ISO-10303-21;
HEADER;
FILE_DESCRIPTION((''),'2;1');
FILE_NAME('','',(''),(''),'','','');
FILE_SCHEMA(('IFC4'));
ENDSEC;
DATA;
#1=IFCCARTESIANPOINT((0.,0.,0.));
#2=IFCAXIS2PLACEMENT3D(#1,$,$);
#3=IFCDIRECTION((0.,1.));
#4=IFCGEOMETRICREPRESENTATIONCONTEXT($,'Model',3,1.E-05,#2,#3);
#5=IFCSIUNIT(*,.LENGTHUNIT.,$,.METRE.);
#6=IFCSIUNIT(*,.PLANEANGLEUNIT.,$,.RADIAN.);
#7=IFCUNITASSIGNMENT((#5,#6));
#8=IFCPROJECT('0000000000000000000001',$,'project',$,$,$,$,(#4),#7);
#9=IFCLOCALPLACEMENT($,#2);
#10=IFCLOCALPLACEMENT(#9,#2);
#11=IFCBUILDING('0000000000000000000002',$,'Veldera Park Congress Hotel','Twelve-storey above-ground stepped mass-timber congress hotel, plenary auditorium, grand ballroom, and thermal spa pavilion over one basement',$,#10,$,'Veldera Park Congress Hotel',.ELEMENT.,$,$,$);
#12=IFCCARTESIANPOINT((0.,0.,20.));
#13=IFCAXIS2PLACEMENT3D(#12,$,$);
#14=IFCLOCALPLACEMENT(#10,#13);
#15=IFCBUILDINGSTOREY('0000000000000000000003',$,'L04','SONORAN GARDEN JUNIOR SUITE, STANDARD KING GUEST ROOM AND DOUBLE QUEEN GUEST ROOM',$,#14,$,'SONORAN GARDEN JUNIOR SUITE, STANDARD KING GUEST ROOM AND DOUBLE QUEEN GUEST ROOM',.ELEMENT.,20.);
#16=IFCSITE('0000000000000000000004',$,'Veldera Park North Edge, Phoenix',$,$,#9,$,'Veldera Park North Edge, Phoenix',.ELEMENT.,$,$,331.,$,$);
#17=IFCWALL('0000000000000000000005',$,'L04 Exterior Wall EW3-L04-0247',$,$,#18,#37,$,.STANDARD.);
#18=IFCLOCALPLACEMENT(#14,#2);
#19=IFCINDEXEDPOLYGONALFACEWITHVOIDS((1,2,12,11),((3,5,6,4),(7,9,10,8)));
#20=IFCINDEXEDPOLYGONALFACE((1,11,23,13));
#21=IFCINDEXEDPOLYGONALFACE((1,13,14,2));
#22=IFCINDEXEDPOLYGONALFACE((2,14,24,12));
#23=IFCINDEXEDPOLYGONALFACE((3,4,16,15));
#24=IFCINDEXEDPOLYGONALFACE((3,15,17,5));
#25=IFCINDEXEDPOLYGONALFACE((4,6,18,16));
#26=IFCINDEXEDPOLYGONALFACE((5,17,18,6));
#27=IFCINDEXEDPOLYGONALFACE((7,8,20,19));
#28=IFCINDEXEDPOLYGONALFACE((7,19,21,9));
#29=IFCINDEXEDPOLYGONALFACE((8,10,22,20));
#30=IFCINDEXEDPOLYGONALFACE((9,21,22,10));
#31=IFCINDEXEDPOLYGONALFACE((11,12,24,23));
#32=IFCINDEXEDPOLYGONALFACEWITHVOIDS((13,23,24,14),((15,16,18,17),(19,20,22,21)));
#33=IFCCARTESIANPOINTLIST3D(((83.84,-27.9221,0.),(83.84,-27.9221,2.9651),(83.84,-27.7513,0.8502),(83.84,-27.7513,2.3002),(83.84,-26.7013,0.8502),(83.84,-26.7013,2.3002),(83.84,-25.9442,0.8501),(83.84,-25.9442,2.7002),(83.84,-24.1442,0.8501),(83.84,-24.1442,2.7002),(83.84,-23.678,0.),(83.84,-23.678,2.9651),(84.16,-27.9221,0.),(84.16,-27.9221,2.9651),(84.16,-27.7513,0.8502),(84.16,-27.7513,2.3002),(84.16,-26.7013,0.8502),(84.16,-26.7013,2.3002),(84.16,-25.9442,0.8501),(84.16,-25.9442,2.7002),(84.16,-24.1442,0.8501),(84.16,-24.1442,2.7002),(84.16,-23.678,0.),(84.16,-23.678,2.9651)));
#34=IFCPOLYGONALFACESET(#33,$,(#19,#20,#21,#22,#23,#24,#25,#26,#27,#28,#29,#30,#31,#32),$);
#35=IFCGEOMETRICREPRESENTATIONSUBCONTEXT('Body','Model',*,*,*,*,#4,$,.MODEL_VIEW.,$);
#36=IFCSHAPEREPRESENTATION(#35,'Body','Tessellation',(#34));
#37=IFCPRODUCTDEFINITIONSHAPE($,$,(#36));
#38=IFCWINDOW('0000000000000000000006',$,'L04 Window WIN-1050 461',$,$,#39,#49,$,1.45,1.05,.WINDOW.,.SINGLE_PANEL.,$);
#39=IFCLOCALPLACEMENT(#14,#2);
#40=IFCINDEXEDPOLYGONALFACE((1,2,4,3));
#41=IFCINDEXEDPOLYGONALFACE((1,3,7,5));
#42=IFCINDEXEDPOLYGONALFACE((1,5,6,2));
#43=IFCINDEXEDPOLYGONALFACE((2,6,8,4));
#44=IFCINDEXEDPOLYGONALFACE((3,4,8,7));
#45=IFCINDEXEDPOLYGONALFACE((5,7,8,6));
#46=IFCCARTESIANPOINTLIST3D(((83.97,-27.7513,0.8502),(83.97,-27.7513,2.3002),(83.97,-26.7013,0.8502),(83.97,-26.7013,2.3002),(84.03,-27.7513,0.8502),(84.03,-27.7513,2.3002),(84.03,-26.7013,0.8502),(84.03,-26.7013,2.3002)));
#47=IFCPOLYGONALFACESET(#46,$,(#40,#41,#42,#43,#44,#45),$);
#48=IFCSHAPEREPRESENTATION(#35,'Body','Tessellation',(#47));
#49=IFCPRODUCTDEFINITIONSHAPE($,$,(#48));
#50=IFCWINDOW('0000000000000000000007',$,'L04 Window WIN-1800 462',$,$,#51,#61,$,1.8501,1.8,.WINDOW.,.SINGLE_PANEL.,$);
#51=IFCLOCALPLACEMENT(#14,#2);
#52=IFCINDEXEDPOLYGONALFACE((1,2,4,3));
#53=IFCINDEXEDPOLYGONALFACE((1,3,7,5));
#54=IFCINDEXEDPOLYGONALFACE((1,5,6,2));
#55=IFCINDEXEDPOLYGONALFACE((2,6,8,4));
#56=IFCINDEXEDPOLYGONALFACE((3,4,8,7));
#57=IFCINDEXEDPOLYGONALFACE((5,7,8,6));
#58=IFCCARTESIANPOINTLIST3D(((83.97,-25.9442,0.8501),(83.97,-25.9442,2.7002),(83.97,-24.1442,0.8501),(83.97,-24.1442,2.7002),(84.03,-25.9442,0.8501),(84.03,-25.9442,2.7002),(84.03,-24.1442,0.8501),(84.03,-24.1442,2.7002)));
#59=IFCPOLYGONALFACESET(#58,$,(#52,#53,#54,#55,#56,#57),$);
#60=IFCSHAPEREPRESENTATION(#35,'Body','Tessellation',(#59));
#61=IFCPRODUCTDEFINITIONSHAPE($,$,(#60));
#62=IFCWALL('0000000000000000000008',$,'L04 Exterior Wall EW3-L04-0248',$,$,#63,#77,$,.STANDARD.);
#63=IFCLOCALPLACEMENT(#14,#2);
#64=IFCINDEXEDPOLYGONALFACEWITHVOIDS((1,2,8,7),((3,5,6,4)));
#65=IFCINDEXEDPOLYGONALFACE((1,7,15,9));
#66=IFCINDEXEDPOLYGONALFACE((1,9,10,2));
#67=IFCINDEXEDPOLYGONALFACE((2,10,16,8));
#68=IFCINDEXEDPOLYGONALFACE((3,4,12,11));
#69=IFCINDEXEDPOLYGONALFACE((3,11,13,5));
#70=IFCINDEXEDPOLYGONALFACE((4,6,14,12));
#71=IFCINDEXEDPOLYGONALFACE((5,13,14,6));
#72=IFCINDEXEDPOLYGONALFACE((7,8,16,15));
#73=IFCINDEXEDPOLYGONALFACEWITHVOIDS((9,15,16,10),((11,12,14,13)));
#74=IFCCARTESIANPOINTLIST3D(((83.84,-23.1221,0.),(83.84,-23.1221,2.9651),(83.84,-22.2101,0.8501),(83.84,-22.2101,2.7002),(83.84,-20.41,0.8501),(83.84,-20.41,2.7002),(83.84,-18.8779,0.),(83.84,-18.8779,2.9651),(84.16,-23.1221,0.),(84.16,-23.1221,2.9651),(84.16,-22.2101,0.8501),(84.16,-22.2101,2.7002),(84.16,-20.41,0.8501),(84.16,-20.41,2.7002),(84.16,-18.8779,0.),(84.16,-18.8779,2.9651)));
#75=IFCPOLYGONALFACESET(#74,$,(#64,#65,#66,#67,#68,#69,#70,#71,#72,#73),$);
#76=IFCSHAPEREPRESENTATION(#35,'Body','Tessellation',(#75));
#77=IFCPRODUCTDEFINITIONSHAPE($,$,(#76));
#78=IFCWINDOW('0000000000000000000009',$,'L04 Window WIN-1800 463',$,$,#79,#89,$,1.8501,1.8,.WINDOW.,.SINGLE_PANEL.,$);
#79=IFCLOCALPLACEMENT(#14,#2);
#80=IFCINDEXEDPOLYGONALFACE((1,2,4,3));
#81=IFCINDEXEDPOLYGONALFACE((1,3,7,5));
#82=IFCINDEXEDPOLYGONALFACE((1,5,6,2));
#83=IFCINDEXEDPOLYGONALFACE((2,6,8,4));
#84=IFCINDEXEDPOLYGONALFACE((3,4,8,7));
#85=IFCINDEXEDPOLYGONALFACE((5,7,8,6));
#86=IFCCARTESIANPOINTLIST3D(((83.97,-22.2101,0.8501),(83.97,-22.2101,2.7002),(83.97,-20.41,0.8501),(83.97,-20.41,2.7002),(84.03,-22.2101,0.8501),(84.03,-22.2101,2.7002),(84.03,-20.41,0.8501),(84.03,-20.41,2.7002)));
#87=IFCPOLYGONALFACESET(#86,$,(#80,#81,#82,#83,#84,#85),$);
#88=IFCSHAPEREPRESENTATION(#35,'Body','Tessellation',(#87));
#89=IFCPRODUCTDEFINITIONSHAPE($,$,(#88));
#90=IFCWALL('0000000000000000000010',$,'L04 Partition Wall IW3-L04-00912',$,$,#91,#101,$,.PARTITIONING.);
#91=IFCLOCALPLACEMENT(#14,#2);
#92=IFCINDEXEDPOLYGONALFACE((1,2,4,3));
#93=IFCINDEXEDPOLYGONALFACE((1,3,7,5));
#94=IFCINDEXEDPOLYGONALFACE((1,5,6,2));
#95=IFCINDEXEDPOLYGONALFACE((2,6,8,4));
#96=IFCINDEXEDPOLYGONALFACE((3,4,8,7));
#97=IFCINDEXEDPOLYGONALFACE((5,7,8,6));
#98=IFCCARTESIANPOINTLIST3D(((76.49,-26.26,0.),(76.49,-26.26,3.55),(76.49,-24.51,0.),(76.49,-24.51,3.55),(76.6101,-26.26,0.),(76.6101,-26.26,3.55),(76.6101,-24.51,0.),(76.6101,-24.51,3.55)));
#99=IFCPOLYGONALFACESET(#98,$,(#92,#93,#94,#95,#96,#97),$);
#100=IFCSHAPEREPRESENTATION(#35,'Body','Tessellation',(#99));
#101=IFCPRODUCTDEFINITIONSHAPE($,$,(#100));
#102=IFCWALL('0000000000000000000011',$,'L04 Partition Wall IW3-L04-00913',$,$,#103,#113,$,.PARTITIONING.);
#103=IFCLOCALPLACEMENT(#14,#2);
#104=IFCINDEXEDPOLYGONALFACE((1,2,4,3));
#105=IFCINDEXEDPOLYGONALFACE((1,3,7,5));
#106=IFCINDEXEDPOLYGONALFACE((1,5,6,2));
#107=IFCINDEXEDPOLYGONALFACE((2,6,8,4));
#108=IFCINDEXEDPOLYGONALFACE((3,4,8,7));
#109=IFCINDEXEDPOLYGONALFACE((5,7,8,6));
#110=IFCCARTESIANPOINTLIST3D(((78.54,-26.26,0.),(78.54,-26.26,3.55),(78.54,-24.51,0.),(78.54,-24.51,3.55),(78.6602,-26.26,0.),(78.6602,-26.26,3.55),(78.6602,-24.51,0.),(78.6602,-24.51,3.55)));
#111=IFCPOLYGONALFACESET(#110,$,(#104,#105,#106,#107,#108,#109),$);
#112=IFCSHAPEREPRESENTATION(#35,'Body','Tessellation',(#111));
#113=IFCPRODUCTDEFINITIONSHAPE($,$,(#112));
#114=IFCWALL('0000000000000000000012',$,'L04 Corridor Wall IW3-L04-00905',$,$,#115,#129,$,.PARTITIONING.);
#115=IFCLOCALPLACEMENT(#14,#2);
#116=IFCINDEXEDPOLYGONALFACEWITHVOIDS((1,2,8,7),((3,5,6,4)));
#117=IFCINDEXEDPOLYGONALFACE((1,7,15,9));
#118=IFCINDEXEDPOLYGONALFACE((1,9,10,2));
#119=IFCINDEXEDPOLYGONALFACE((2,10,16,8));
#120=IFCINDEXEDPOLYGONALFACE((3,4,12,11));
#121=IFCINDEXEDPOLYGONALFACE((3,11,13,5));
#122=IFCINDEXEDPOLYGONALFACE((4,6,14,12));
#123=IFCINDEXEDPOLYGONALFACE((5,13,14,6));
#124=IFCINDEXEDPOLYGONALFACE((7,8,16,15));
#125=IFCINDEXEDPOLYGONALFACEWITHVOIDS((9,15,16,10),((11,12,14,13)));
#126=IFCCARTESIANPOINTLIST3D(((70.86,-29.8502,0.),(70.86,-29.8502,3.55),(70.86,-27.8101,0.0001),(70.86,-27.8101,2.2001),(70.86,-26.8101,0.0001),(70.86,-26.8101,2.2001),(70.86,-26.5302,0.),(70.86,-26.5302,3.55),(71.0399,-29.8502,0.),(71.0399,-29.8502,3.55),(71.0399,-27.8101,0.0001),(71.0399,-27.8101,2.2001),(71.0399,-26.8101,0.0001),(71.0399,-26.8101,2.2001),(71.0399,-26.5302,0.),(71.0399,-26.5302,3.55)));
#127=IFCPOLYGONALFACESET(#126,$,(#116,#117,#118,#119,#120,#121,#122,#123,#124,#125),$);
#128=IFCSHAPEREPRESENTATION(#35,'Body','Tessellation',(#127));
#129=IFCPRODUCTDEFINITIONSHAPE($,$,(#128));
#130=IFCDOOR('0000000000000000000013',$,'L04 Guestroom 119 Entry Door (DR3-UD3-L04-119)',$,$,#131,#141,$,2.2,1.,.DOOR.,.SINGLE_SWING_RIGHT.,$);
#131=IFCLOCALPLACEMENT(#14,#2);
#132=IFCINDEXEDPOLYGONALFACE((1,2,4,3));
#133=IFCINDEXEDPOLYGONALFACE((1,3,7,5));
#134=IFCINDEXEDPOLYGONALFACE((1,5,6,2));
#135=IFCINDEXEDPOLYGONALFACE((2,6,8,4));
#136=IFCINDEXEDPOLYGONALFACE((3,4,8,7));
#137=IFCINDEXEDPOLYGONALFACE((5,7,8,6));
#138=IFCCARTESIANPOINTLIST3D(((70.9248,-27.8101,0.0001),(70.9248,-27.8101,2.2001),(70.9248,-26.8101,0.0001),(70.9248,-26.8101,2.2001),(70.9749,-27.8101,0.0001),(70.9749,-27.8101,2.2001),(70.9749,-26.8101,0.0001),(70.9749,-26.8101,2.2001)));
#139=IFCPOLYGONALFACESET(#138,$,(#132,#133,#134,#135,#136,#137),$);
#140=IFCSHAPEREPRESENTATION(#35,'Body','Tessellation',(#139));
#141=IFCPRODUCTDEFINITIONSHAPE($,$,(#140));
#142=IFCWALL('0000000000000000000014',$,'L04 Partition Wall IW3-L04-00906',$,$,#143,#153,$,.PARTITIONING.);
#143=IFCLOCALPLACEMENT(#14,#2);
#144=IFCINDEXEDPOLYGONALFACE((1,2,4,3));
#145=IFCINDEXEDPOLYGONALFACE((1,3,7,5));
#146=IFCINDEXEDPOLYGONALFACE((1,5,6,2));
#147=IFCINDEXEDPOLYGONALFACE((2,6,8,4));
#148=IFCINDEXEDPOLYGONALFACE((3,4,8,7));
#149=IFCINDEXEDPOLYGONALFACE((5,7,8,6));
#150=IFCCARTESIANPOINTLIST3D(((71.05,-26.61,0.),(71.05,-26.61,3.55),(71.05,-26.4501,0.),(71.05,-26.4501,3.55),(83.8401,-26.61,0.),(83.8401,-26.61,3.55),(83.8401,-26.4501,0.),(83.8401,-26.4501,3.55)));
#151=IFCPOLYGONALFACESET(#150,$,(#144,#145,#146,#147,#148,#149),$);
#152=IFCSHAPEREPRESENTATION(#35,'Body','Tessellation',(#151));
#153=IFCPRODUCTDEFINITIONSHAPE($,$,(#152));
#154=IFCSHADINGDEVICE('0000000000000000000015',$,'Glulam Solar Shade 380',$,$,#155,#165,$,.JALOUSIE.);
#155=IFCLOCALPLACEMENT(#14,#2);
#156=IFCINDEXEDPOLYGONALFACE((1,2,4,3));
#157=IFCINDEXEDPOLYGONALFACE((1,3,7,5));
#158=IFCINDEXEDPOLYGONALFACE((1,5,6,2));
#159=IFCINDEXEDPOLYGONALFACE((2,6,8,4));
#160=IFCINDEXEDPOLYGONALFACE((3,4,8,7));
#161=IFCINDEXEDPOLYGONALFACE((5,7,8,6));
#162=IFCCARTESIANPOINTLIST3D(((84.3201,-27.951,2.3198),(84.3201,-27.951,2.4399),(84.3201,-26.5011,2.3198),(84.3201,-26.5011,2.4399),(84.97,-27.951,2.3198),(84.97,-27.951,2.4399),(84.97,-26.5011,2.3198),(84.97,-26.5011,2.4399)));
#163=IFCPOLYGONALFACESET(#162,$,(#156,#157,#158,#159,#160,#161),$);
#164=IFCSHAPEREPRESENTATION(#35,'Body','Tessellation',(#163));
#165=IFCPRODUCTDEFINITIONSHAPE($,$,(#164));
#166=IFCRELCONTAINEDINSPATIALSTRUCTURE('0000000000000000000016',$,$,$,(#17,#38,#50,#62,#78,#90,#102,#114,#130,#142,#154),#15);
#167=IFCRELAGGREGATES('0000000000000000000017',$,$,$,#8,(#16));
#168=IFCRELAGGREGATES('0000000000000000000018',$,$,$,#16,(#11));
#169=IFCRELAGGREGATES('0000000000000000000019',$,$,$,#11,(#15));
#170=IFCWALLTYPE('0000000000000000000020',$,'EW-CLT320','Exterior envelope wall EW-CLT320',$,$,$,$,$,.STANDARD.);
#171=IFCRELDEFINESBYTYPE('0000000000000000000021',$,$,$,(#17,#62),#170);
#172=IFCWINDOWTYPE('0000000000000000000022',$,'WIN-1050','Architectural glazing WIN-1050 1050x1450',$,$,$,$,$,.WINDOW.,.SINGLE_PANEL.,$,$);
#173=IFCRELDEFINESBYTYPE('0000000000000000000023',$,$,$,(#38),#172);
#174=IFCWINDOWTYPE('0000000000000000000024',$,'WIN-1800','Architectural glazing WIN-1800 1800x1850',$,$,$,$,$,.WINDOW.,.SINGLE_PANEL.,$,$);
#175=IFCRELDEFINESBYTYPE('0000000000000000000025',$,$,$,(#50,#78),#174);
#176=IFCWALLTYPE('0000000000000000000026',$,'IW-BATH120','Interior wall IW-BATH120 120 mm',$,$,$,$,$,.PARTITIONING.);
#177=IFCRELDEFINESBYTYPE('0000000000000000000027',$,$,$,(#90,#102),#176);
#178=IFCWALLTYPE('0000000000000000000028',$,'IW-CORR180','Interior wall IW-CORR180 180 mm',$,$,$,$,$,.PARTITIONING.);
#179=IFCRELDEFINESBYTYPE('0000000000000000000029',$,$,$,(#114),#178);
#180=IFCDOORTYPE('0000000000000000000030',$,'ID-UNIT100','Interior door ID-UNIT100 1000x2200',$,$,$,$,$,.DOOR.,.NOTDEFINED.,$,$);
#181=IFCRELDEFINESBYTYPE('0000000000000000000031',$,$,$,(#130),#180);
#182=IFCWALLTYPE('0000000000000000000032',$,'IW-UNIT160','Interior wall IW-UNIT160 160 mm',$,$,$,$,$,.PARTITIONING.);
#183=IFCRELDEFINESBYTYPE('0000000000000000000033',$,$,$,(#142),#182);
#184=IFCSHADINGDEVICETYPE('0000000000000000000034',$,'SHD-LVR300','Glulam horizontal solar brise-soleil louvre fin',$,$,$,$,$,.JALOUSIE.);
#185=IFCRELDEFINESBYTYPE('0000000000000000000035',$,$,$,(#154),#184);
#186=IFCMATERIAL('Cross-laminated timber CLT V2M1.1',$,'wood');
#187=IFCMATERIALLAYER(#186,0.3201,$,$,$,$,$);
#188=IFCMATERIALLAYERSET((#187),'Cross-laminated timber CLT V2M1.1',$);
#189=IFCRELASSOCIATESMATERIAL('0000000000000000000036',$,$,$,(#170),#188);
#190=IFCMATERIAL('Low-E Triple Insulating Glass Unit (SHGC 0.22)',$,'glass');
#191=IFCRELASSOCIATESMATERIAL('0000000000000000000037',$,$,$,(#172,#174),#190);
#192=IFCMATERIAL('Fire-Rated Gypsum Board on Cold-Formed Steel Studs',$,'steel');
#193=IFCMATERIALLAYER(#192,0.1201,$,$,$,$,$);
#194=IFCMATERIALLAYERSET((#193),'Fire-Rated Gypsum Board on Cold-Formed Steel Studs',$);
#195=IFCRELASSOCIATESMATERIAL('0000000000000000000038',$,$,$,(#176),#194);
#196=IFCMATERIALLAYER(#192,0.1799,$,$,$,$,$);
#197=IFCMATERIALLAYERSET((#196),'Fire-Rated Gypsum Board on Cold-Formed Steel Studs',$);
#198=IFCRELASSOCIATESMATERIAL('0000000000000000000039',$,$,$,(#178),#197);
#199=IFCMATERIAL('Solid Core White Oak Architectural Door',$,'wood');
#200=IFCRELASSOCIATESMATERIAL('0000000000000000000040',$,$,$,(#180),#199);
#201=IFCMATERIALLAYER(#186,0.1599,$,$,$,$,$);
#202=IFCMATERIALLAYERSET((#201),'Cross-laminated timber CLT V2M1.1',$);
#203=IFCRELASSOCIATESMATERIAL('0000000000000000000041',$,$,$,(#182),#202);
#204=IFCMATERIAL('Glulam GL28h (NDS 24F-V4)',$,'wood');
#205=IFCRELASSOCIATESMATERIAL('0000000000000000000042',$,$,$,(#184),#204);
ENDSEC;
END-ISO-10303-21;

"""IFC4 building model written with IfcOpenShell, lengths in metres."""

from ifc_helpers import new_model, si_unit, direction, frame, frame_2d, origin, origin_2d, place, context, subcontext, project, spatial, rectangle, extrude, material, layer, layer_set, type_object, element, fill, save


model = new_model("IFC4")

# Units and contexts
model_context = context("Model", 3, precision=1e-05, world=origin(), true_north=direction((0.0, 1.0)))
body_context = subcontext(model_context, "Body", "Model", "MODEL_VIEW")
ifc_project = project(units=[si_unit("LENGTHUNIT", "METRE"), si_unit("PLANEANGLEUNIT", "RADIAN")], contexts=[model_context])

# Site, building, storey
site_placement = place(None, origin())
site = spatial("IfcSite", under=ifc_project, at=site_placement, Name="Veldera Park North Edge, Phoenix", LongName="Veldera Park North Edge, Phoenix", CompositionType="ELEMENT", RefElevation=331.0)
building_placement = place(site_placement, origin())
building = spatial("IfcBuilding", under=site, at=building_placement, Name="Veldera Park Congress Hotel", Description="Twelve-storey above-ground stepped mass-timber congress hotel, plenary auditorium, grand ballroom, and thermal spa pavilion over one basement", LongName="Veldera Park Congress Hotel", CompositionType="ELEMENT")
storey_placement = place(building_placement, frame((0.0, 0.0, 20.0)))
storey = spatial("IfcBuildingStorey", under=building, at=storey_placement, Name="L04", Description="SONORAN GARDEN JUNIOR SUITE, STANDARD KING GUEST ROOM AND DOUBLE QUEEN GUEST ROOM", LongName="SONORAN GARDEN JUNIOR SUITE, STANDARD KING GUEST ROOM AND DOUBLE QUEEN GUEST ROOM", CompositionType="ELEMENT", Elevation=20.0)

# Shared definitions
ifc_material_1 = material(Name="Glulam GL28h (NDS 24F-V4)", Category="wood")

# Wall, openings, windows
ifc_material_2 = material(Name="Cross-laminated timber CLT V2M1.1", Category="wood")
ifc_layer_1 = layer(ifc_material_2, 0.3201)
ifc_layer_set_1 = layer_set([ifc_layer_1], Name="Cross-laminated timber CLT V2M1.1")
wall_type_1 = type_object("IfcWallType", Name="EW-CLT320", Description="Exterior envelope wall EW-CLT320", PredefinedType="STANDARD", material=ifc_layer_set_1)
wall_1_placement = place(storey_placement, frame((84.0, -27.9221, 0.0), z_axis=(0.0, 0.0, 1.0), x_axis=(0.0, 1.0, 0.0)))
wall_1 = element("IfcWall", 1, at=wall_1_placement, inside=storey, type_object=wall_type_1, Name="L04 Exterior Wall EW3-L04-0247", PredefinedType="STANDARD", context=body_context, shape_type="SweptSolid", body=[
    extrude(rectangle(XDim=4.2441, YDim=0.3201, at=frame_2d((2.1221, 0.0))), origin(), (0.0, 0.0, 1.0), 2.9651),
])
opening_1_placement = place(wall_1_placement, frame((0.1709, 0.0, 0.8501)))
opening_1 = element("IfcOpeningElement", 2, at=opening_1_placement, cuts=wall_1, PredefinedType="OPENING", context=body_context, shape_type="SweptSolid", body=[
    extrude(rectangle(XDim=1.05, YDim=1.45, at=frame_2d((0.5249, 0.7251))), frame((0.0, 0.1721, 0.0), z_axis=(0.0, -1.0, 0.0), x_axis=(1.0, 0.0, 0.0)), (0.0, 0.0, 1.0), 0.344),
])
opening_2_placement = place(wall_1_placement, frame((1.978, 0.0, 0.8501)))
opening_2 = element("IfcOpeningElement", 3, at=opening_2_placement, cuts=wall_1, PredefinedType="OPENING", context=body_context, shape_type="SweptSolid", body=[
    extrude(rectangle(XDim=1.8, YDim=1.8501, at=frame_2d((0.8999, 0.925))), frame((0.0, 0.1721, 0.0), z_axis=(0.0, -1.0, 0.0), x_axis=(1.0, 0.0, 0.0)), (0.0, 0.0, 1.0), 0.344),
])
ifc_material_3 = material(Name="Low-E Triple Insulating Glass Unit (SHGC 0.22)", Category="glass")
window_type_1 = type_object("IfcWindowType", Name="WIN-1050", Description="Architectural glazing WIN-1050 1050x1450", PartitioningType="SINGLE_PANEL", PredefinedType="WINDOW", material=ifc_material_3)
window_1_placement = place(opening_1_placement, origin())
window_1 = element("IfcWindow", 4, at=window_1_placement, inside=storey, type_object=window_type_1, Name="L04 Window WIN-1050 461", OverallHeight=1.45, OverallWidth=1.05, PartitioningType="SINGLE_PANEL", PredefinedType="WINDOW", context=body_context, shape_type="SweptSolid", body=[
    extrude(rectangle(XDim=1.05, YDim=1.45, at=frame_2d((0.5249, 0.7251))), frame((0.0, 0.03, 0.0), z_axis=(0.0, -1.0, 0.0), x_axis=(1.0, 0.0, 0.0)), (0.0, 0.0, 1.0), 0.0601),
])
fill(opening_1, window_1)
window_type_2 = type_object("IfcWindowType", Name="WIN-1800", Description="Architectural glazing WIN-1800 1800x1850", PartitioningType="SINGLE_PANEL", PredefinedType="WINDOW", material=ifc_material_3)
window_2_placement = place(opening_2_placement, origin())
window_2 = element("IfcWindow", 5, at=window_2_placement, inside=storey, type_object=window_type_2, Name="L04 Window WIN-1800 462", OverallHeight=1.8501, OverallWidth=1.8, PartitioningType="SINGLE_PANEL", PredefinedType="WINDOW", context=body_context, shape_type="SweptSolid", body=[
    extrude(rectangle(XDim=1.8, YDim=1.8501, at=frame_2d((0.8999, 0.925))), frame((0.0, 0.03, 0.0), z_axis=(0.0, -1.0, 0.0), x_axis=(1.0, 0.0, 0.0)), (0.0, 0.0, 1.0), 0.0601),
])
fill(opening_2, window_2)

# Wall, opening, window
wall_2_placement = place(storey_placement, frame((84.0, -23.1221, 0.0), z_axis=(0.0, 0.0, 1.0), x_axis=(0.0, 1.0, 0.0)))
wall_2 = element("IfcWall", 6, at=wall_2_placement, inside=storey, type_object=wall_type_1, Name="L04 Exterior Wall EW3-L04-0248", PredefinedType="STANDARD", context=body_context, shape_type="SweptSolid", body=[
    extrude(rectangle(XDim=4.2441, YDim=0.3201, at=frame_2d((2.1221, 0.0))), origin(), (0.0, 0.0, 1.0), 2.9651),
])
opening_3_placement = place(wall_2_placement, frame((0.9121, 0.0, 0.8501)))
opening_3 = element("IfcOpeningElement", 7, at=opening_3_placement, cuts=wall_2, PredefinedType="OPENING", context=body_context, shape_type="SweptSolid", body=[
    extrude(rectangle(XDim=1.8, YDim=1.8501, at=frame_2d((0.8999, 0.925))), frame((0.0, 0.1721, 0.0), z_axis=(0.0, -1.0, 0.0), x_axis=(1.0, 0.0, 0.0)), (0.0, 0.0, 1.0), 0.344),
])
window_3_placement = place(opening_3_placement, origin())
window_3 = element("IfcWindow", 8, at=window_3_placement, inside=storey, type_object=window_type_2, Name="L04 Window WIN-1800 463", OverallHeight=1.8501, OverallWidth=1.8, PartitioningType="SINGLE_PANEL", PredefinedType="WINDOW", context=body_context, shape_type="SweptSolid", body=[
    extrude(rectangle(XDim=1.8, YDim=1.8501, at=frame_2d((0.8999, 0.925))), frame((0.0, 0.03, 0.0), z_axis=(0.0, -1.0, 0.0), x_axis=(1.0, 0.0, 0.0)), (0.0, 0.0, 1.0), 0.0601),
])
fill(opening_3, window_3)

# Shared definitions
ifc_material_4 = material(Name="Fire-Rated Gypsum Board on Cold-Formed Steel Studs", Category="steel")
ifc_layer_2 = layer(ifc_material_4, 0.1201)
ifc_layer_set_2 = layer_set([ifc_layer_2], Name="Fire-Rated Gypsum Board on Cold-Formed Steel Studs")
wall_type_2 = type_object("IfcWallType", Name="IW-BATH120", Description="Interior wall IW-BATH120 120 mm", PredefinedType="PARTITIONING", material=ifc_layer_set_2)
ifc_material_5 = material(Name="Solid Core White Oak Architectural Door", Category="wood")

# Walls
for number, where, z_axis, x_axis, name in (
    (9, (76.55, -26.26, 0.0), (0.0, 0.0, 1.0), (0.0, 1.0, 0.0), "L04 Partition Wall IW3-L04-00912"),
    (10, (78.6001, -26.26, 0.0), (0.0, 0.0, 1.0), (0.0, 1.0, 0.0), "L04 Partition Wall IW3-L04-00913"),
):
    element("IfcWall", number, at=place(storey_placement, frame(where, z_axis=z_axis, x_axis=x_axis)), inside=storey, type_object=wall_type_2, Name=name, PredefinedType="PARTITIONING", context=body_context, shape_type="SweptSolid", body=[
        extrude(rectangle(XDim=1.75, YDim=0.1201, at=frame_2d((0.875, 0.0))), origin(), (0.0, 0.0, 1.0), 3.55),
    ])

# Wall, opening, door
ifc_layer_3 = layer(ifc_material_4, 0.1799)
ifc_layer_set_3 = layer_set([ifc_layer_3], Name="Fire-Rated Gypsum Board on Cold-Formed Steel Studs")
wall_type_3 = type_object("IfcWallType", Name="IW-CORR180", Description="Interior wall IW-CORR180 180 mm", PredefinedType="PARTITIONING", material=ifc_layer_set_3)
wall_3_placement = place(storey_placement, frame((70.95, -26.53, 0.0), z_axis=(0.0, 0.0, 1.0), x_axis=(0.0, -1.0, 0.0)))
wall_3 = element("IfcWall", 11, at=wall_3_placement, inside=storey, type_object=wall_type_3, Name="L04 Corridor Wall IW3-L04-00905", PredefinedType="PARTITIONING", context=body_context, shape_type="SweptSolid", body=[
    extrude(rectangle(XDim=3.3201, YDim=0.1799, at=frame_2d((1.6602, 0.0))), origin(), (0.0, 0.0, 1.0), 3.55),
])
opening_4_placement = place(wall_3_placement, frame((0.28, 0.0, 0.0)))
opening_4 = element("IfcOpeningElement", 12, at=opening_4_placement, cuts=wall_3, PredefinedType="OPENING", context=body_context, shape_type="SweptSolid", body=[
    extrude(rectangle(XDim=1.0, YDim=2.2, at=frame_2d((0.5, 1.1001))), frame((0.0, 0.1021, 0.0), z_axis=(0.0, -1.0, 0.0), x_axis=(1.0, 0.0, 0.0)), (0.0, 0.0, 1.0), 0.2039),
])
door_type_1 = type_object("IfcDoorType", Name="ID-UNIT100", Description="Interior door ID-UNIT100 1000x2200", OperationType="NOTDEFINED", PredefinedType="DOOR", material=ifc_material_5)
door_1_placement = place(opening_4_placement, origin())
door_1 = element("IfcDoor", 13, at=door_1_placement, inside=storey, type_object=door_type_1, Name="L04 Guestroom 119 Entry Door (DR3-UD3-L04-119)", OperationType="SINGLE_SWING_RIGHT", OverallHeight=2.2, OverallWidth=1.0, PredefinedType="DOOR", context=body_context, shape_type="SweptSolid", body=[
    extrude(rectangle(XDim=1.0, YDim=2.2, at=frame_2d((0.5, 1.1001))), frame((0.0, 0.0249, 0.0), z_axis=(0.0, -1.0, 0.0), x_axis=(1.0, 0.0, 0.0)), (0.0, 0.0, 1.0), 0.05),
])
fill(opening_4, door_1)

# Wall
ifc_layer_4 = layer(ifc_material_2, 0.1599)
ifc_layer_set_4 = layer_set([ifc_layer_4], Name="Cross-laminated timber CLT V2M1.1")
wall_type_4 = type_object("IfcWallType", Name="IW-UNIT160", Description="Interior wall IW-UNIT160 160 mm", PredefinedType="PARTITIONING", material=ifc_layer_set_4)
wall_4_placement = place(storey_placement, frame((71.05, -26.53, 0.0), z_axis=(0.0, 0.0, 1.0), x_axis=(1.0, 0.0, 0.0)))
element("IfcWall", 14, at=wall_4_placement, inside=storey, type_object=wall_type_4, Name="L04 Partition Wall IW3-L04-00906", PredefinedType="PARTITIONING", context=body_context, shape_type="SweptSolid", body=[
    extrude(rectangle(XDim=12.79, YDim=0.1599, at=frame_2d((6.395, 0.0))), origin(), (0.0, 0.0, 1.0), 3.55),
])

# Shading device
shading_device_type = type_object("IfcShadingDeviceType", Name="SHD-LVR300", Description="Glulam horizontal solar brise-soleil louvre fin", PredefinedType="JALOUSIE", material=ifc_material_1)
shading_device_1_placement = place(storey_placement, frame((84.645, -27.2261, 2.3198), z_axis=(0.0, 0.0, 1.0), x_axis=(0.0, 1.0, 0.0)))
element("IfcShadingDevice", 15, at=shading_device_1_placement, inside=storey, type_object=shading_device_type, Name="Glulam Solar Shade 380", PredefinedType="JALOUSIE", context=body_context, shape_type="SweptSolid", body=[
    extrude(rectangle(XDim=1.45, YDim=0.6499, at=origin_2d()), origin(), (0.0, 0.0, 1.0), 0.1201),
])

save(model, "model.ifc")
